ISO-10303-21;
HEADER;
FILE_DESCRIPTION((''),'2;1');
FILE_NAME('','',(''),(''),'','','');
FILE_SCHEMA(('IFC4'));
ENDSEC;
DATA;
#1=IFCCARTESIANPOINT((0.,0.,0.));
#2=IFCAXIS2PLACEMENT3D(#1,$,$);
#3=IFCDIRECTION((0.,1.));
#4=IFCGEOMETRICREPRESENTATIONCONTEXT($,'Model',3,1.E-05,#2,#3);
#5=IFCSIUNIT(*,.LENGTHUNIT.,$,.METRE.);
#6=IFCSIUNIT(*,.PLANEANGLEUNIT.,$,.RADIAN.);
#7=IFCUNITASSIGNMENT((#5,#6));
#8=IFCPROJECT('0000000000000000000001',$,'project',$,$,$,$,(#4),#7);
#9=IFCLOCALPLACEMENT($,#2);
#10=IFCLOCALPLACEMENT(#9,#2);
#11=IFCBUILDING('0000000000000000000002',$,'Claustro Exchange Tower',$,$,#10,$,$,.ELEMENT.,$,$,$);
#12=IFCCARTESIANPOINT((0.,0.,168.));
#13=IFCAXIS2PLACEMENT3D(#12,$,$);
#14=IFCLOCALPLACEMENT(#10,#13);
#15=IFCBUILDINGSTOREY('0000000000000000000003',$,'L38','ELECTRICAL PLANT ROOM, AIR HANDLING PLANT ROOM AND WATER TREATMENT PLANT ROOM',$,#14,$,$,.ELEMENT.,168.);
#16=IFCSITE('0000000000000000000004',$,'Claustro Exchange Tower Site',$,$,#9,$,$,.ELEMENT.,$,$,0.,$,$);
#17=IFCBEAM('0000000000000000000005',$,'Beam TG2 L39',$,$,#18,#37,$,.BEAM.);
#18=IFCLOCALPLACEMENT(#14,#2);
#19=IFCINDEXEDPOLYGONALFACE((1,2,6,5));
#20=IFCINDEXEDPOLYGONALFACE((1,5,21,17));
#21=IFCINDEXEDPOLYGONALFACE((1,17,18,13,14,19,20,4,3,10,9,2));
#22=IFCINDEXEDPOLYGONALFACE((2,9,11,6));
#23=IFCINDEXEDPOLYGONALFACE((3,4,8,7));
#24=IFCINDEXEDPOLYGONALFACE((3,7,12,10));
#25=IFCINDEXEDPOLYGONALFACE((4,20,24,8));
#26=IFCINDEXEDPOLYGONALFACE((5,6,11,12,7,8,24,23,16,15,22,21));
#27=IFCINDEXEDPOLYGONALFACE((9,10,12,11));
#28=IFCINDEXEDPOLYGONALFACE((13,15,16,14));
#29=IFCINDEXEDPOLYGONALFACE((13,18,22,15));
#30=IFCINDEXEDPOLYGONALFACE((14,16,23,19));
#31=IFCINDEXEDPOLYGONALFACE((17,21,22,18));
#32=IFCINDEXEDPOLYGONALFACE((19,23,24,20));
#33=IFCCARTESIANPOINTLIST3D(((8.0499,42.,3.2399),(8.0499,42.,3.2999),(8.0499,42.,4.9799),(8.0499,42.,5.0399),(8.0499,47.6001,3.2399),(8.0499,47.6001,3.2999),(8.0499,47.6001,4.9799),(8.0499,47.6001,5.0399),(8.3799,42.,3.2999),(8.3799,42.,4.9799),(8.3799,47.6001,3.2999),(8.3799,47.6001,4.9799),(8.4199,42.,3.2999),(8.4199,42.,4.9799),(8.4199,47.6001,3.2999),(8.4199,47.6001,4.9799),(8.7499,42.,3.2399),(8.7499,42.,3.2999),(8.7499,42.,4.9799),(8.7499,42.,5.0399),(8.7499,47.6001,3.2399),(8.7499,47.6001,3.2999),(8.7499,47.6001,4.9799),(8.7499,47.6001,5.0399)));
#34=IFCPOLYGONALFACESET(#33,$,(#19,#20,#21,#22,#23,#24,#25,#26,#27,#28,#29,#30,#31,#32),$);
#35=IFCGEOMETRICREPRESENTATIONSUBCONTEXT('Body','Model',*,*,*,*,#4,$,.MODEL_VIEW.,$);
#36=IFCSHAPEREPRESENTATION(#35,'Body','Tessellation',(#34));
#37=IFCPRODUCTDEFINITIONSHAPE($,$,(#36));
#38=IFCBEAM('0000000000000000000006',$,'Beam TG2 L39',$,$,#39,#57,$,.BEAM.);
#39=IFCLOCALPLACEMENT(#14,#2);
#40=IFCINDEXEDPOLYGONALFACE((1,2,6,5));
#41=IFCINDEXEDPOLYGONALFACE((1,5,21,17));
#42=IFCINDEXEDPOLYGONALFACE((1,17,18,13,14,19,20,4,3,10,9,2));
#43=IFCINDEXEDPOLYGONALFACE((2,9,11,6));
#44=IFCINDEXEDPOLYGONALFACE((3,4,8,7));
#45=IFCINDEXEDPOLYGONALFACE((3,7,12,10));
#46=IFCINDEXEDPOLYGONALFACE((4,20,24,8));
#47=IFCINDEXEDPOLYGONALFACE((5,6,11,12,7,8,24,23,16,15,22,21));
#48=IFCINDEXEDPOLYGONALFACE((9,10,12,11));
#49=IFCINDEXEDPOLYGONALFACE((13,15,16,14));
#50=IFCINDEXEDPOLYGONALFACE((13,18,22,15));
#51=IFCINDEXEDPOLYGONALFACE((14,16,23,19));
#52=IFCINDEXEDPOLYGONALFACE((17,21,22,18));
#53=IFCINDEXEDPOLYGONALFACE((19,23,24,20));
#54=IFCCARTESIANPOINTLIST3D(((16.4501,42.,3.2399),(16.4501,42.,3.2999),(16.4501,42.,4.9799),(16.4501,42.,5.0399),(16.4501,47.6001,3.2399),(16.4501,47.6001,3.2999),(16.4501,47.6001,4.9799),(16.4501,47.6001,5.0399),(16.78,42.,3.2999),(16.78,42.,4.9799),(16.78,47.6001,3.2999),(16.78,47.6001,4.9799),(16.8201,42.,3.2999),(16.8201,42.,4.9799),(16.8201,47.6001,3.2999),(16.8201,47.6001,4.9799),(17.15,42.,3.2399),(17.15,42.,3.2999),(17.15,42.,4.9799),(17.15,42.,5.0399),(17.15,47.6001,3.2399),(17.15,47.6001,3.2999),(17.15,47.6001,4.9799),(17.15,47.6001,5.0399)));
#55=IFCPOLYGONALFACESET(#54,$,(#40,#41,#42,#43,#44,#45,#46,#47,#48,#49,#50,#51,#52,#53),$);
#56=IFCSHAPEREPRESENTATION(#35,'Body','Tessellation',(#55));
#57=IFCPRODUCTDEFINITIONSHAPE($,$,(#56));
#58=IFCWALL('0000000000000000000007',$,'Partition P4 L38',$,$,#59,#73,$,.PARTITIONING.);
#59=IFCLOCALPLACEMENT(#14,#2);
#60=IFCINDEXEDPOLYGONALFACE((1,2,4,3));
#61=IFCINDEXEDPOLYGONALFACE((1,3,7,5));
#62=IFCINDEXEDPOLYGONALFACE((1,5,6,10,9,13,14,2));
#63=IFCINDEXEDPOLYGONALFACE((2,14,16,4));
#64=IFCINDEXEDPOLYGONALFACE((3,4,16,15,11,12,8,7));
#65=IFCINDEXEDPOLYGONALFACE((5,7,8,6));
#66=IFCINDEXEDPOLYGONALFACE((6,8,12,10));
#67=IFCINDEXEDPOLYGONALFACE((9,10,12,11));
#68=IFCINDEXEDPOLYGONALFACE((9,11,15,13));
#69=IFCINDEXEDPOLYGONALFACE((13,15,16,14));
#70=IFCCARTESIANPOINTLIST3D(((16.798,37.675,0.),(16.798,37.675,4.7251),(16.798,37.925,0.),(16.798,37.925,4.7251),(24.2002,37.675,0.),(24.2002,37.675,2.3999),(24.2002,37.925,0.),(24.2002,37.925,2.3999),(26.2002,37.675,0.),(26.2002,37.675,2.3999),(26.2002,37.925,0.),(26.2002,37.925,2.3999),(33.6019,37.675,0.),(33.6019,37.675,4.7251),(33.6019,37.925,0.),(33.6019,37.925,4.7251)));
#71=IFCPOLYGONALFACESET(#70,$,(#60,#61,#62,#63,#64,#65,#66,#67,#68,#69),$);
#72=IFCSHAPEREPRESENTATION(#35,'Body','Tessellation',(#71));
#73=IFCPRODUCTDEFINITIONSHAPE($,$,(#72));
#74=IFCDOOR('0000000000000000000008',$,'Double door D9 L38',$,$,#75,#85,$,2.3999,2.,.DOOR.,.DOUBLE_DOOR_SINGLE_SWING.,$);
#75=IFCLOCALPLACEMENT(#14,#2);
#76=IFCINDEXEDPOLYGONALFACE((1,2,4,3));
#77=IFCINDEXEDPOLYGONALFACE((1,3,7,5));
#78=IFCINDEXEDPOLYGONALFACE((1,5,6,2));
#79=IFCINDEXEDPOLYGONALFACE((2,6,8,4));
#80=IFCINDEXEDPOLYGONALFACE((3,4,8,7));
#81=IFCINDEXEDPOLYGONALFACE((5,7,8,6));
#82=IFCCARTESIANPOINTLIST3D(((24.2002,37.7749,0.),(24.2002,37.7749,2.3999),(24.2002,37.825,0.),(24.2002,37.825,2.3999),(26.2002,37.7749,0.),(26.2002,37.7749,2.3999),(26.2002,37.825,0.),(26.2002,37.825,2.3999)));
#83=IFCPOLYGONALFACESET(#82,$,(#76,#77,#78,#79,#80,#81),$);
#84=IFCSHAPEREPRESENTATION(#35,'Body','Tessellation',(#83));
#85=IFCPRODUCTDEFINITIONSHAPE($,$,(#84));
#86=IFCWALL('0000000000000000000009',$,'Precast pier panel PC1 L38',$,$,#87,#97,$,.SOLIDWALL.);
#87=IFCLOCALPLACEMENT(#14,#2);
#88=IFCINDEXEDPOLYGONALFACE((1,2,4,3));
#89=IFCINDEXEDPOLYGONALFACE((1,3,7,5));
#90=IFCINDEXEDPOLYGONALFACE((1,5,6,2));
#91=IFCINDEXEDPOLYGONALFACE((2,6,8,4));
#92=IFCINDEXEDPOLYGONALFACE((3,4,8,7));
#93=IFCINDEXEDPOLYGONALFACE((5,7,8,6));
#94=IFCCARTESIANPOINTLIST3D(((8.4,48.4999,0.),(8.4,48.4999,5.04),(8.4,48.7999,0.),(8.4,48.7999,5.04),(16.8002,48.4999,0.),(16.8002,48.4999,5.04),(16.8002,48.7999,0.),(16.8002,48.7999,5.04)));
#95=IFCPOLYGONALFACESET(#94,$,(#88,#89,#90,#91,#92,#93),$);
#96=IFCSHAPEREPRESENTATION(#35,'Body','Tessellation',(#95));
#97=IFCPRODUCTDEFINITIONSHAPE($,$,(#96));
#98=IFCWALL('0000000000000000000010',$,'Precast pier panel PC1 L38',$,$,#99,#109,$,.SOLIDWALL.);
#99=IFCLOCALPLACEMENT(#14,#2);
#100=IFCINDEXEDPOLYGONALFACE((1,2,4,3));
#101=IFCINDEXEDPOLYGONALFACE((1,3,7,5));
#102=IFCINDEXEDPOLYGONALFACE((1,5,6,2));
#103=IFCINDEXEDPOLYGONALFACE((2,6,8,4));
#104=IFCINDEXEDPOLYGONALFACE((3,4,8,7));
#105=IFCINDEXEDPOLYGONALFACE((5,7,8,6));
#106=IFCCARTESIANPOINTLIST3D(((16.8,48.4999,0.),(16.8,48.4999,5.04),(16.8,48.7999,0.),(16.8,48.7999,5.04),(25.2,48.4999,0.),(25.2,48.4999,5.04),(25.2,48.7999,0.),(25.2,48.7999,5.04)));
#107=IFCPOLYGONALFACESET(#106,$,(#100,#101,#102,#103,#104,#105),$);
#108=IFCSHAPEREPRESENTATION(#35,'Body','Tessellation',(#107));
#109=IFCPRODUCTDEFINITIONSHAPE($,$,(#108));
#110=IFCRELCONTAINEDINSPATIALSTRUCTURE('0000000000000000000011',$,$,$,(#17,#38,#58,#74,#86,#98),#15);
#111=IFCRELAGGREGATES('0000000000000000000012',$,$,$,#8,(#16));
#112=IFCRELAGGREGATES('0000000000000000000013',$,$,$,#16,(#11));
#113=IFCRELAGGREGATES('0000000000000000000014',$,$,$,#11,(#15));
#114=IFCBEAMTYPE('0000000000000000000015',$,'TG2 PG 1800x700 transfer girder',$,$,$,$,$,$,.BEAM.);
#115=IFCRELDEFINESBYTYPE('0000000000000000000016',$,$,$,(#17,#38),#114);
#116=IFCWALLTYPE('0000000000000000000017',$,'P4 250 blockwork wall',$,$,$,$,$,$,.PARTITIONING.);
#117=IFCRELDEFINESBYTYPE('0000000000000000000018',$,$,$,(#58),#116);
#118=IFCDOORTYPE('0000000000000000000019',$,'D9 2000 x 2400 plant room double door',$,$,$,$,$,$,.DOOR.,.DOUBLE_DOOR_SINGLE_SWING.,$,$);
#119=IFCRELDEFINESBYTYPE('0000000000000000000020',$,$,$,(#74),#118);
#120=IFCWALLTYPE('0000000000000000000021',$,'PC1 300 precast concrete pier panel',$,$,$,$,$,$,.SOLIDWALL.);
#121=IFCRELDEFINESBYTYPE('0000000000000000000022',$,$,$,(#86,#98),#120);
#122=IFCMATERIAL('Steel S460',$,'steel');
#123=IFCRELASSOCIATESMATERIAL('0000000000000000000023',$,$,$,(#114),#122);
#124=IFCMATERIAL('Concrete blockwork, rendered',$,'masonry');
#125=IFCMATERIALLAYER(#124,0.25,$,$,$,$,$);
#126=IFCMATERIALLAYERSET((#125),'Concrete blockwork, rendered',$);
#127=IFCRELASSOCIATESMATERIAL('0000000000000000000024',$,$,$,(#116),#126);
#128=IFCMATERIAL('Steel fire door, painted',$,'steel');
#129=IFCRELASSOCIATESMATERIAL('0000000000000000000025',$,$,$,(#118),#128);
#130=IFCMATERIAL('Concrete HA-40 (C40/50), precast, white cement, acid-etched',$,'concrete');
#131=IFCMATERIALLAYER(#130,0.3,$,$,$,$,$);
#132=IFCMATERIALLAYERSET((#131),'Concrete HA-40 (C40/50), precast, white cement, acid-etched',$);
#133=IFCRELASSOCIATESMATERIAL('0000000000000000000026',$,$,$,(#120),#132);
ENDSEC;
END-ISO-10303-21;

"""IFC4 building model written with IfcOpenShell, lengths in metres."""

from ifc_helpers import new_model, si_unit, direction, frame, frame_2d, origin, origin_2d, place, context, subcontext, project, spatial, rectangle, i_section, extrude, material, layer, layer_set, material_profile, profile_set, type_object, element, fill, save


model = new_model("IFC4")

# Units and contexts
model_context = context("Model", 3, precision=1e-05, world=origin(), true_north=direction((0.0, 1.0)))
body_context = subcontext(model_context, "Body", "Model", "MODEL_VIEW")
ifc_project = project(units=[si_unit("LENGTHUNIT", "METRE"), si_unit("PLANEANGLEUNIT", "RADIAN")], contexts=[model_context])

# Site, building, storey
site_placement = place(None, origin())
site = spatial("IfcSite", under=ifc_project, at=site_placement, Name="Claustro Exchange Tower Site", CompositionType="ELEMENT", RefElevation=0.0)
building_placement = place(site_placement, origin())
building = spatial("IfcBuilding", under=site, at=building_placement, Name="Claustro Exchange Tower", CompositionType="ELEMENT")
storey_placement = place(building_placement, frame((0.0, 0.0, 168.0)))
storey = spatial("IfcBuildingStorey", under=building, at=storey_placement, Name="L38", Description="ELECTRICAL PLANT ROOM, AIR HANDLING PLANT ROOM AND WATER TREATMENT PLANT ROOM", CompositionType="ELEMENT", Elevation=168.0)

# Beams
ifc_material_1 = material(Name="Steel S460", Category="steel")
ifc_material_profile_1 = material_profile(ifc_material_1, i_section(OverallWidth=0.7, OverallDepth=1.8, WebThickness=0.04, FlangeThickness=0.0601, at=origin_2d()), Name="PG 1800x700")
ifc_profile_set_1 = profile_set([ifc_material_profile_1], Name="Steel S460")
beam_type_1 = type_object("IfcBeamType", Name="TG2 PG 1800x700 transfer girder", PredefinedType="BEAM", material=ifc_profile_set_1)
for number, where, z_axis, x_axis, name in (
    (1, (8.3999, 42.0, 4.1399), (0.0, 1.0, 0.0), (-1.0, 0.0, 0.0), "Beam TG2 L39"),
    (2, (16.8, 42.0, 4.1399), (0.0, 1.0, 0.0), (-1.0, 0.0, 0.0), "Beam TG2 L39"),
):
    element("IfcBeam", number, at=place(storey_placement, frame(where, z_axis=z_axis, x_axis=x_axis)), inside=storey, type_object=beam_type_1, Name=name, PredefinedType="BEAM", context=body_context, shape_type="SweptSolid", body=[
        extrude(i_section(OverallWidth=0.7, OverallDepth=1.8, WebThickness=0.04, FlangeThickness=0.0601, at=origin_2d()), origin(), (0.0, 0.0, 1.0), 5.6001),
    ])

# Wall, opening, door
ifc_material_2 = material(Name="Concrete blockwork, rendered", Category="masonry")
ifc_layer_1 = layer(ifc_material_2, 0.25)
ifc_layer_set_1 = layer_set([ifc_layer_1], Name="Concrete blockwork, rendered")
wall_type_1 = type_object("IfcWallType", Name="P4 250 blockwork wall", PredefinedType="PARTITIONING", material=ifc_layer_set_1)
wall_1_placement = place(storey_placement, frame((16.7981, 37.8, 0.0), z_axis=(0.0, 0.0, 1.0), x_axis=(1.0, 0.0, 0.0)))
wall_1 = element("IfcWall", 3, at=wall_1_placement, inside=storey, type_object=wall_type_1, Name="Partition P4 L38", PredefinedType="PARTITIONING", context=body_context, shape_type="SweptSolid", body=[
    extrude(rectangle(XDim=16.804, YDim=0.25, at=frame_2d((8.4019, 0.0))), origin(), (0.0, 0.0, 1.0), 4.7251),
])
opening_placement = place(wall_1_placement, frame((7.4021, 0.0, 0.0)))
opening = element("IfcOpeningElement", 4, at=opening_placement, cuts=wall_1, PredefinedType="OPENING", context=body_context, shape_type="SweptSolid", body=[
    extrude(rectangle(XDim=2.0, YDim=2.3999, at=frame_2d((1.0, 1.2))), frame((0.0, 0.135, 0.0), z_axis=(0.0, -1.0, 0.0), x_axis=(1.0, 0.0, 0.0)), (0.0, 0.0, 1.0), 0.27),
])
ifc_material_3 = material(Name="Steel fire door, painted", Category="steel")
door_type = type_object("IfcDoorType", Name="D9 2000 x 2400 plant room double door", OperationType="DOUBLE_DOOR_SINGLE_SWING", PredefinedType="DOOR", material=ifc_material_3)
door_placement = place(opening_placement, origin())
door = element("IfcDoor", 5, at=door_placement, inside=storey, type_object=door_type, Name="Double door D9 L38", OperationType="DOUBLE_DOOR_SINGLE_SWING", OverallHeight=2.3999, OverallWidth=2.0, PredefinedType="DOOR", context=body_context, shape_type="SweptSolid", body=[
    extrude(rectangle(XDim=2.0, YDim=2.3999, at=frame_2d((1.0, 1.2))), frame((0.0, 0.0249, 0.0), z_axis=(0.0, -1.0, 0.0), x_axis=(1.0, 0.0, 0.0)), (0.0, 0.0, 1.0), 0.05),
])
fill(opening, door)

# Walls
ifc_material_4 = material(Name="Concrete HA-40 (C40/50), precast, white cement, acid-etched", Category="concrete")
ifc_layer_2 = layer(ifc_material_4, 0.3)
ifc_layer_set_2 = layer_set([ifc_layer_2], Name="Concrete HA-40 (C40/50), precast, white cement, acid-etched")
wall_type_2 = type_object("IfcWallType", Name="PC1 300 precast concrete pier panel", PredefinedType="SOLIDWALL", material=ifc_layer_set_2)
wall_2_placement = place(storey_placement, frame((8.3999, 48.6499, 0.0), z_axis=(0.0, 0.0, 1.0), x_axis=(1.0, 0.0, 0.0)))
element("IfcWall", 6, at=wall_2_placement, inside=storey, type_object=wall_type_2, Name="Precast pier panel PC1 L38", PredefinedType="SOLIDWALL", context=body_context, shape_type="SweptSolid", body=[
    extrude(rectangle(XDim=8.4001, YDim=0.3, at=frame_2d((4.2002, 0.0))), origin(), (0.0, 0.0, 1.0), 5.04),
])
wall_3_placement = place(storey_placement, frame((16.8, 48.6499, 0.0), z_axis=(0.0, 0.0, 1.0), x_axis=(1.0, 0.0, 0.0)))
element("IfcWall", 7, at=wall_3_placement, inside=storey, type_object=wall_type_2, Name="Precast pier panel PC1 L38", PredefinedType="SOLIDWALL", context=body_context, shape_type="SweptSolid", body=[
    extrude(rectangle(XDim=8.3999, YDim=0.3, at=frame_2d((4.2, 0.0))), origin(), (0.0, 0.0, 1.0), 5.04),
])

save(model, "model.ifc")
